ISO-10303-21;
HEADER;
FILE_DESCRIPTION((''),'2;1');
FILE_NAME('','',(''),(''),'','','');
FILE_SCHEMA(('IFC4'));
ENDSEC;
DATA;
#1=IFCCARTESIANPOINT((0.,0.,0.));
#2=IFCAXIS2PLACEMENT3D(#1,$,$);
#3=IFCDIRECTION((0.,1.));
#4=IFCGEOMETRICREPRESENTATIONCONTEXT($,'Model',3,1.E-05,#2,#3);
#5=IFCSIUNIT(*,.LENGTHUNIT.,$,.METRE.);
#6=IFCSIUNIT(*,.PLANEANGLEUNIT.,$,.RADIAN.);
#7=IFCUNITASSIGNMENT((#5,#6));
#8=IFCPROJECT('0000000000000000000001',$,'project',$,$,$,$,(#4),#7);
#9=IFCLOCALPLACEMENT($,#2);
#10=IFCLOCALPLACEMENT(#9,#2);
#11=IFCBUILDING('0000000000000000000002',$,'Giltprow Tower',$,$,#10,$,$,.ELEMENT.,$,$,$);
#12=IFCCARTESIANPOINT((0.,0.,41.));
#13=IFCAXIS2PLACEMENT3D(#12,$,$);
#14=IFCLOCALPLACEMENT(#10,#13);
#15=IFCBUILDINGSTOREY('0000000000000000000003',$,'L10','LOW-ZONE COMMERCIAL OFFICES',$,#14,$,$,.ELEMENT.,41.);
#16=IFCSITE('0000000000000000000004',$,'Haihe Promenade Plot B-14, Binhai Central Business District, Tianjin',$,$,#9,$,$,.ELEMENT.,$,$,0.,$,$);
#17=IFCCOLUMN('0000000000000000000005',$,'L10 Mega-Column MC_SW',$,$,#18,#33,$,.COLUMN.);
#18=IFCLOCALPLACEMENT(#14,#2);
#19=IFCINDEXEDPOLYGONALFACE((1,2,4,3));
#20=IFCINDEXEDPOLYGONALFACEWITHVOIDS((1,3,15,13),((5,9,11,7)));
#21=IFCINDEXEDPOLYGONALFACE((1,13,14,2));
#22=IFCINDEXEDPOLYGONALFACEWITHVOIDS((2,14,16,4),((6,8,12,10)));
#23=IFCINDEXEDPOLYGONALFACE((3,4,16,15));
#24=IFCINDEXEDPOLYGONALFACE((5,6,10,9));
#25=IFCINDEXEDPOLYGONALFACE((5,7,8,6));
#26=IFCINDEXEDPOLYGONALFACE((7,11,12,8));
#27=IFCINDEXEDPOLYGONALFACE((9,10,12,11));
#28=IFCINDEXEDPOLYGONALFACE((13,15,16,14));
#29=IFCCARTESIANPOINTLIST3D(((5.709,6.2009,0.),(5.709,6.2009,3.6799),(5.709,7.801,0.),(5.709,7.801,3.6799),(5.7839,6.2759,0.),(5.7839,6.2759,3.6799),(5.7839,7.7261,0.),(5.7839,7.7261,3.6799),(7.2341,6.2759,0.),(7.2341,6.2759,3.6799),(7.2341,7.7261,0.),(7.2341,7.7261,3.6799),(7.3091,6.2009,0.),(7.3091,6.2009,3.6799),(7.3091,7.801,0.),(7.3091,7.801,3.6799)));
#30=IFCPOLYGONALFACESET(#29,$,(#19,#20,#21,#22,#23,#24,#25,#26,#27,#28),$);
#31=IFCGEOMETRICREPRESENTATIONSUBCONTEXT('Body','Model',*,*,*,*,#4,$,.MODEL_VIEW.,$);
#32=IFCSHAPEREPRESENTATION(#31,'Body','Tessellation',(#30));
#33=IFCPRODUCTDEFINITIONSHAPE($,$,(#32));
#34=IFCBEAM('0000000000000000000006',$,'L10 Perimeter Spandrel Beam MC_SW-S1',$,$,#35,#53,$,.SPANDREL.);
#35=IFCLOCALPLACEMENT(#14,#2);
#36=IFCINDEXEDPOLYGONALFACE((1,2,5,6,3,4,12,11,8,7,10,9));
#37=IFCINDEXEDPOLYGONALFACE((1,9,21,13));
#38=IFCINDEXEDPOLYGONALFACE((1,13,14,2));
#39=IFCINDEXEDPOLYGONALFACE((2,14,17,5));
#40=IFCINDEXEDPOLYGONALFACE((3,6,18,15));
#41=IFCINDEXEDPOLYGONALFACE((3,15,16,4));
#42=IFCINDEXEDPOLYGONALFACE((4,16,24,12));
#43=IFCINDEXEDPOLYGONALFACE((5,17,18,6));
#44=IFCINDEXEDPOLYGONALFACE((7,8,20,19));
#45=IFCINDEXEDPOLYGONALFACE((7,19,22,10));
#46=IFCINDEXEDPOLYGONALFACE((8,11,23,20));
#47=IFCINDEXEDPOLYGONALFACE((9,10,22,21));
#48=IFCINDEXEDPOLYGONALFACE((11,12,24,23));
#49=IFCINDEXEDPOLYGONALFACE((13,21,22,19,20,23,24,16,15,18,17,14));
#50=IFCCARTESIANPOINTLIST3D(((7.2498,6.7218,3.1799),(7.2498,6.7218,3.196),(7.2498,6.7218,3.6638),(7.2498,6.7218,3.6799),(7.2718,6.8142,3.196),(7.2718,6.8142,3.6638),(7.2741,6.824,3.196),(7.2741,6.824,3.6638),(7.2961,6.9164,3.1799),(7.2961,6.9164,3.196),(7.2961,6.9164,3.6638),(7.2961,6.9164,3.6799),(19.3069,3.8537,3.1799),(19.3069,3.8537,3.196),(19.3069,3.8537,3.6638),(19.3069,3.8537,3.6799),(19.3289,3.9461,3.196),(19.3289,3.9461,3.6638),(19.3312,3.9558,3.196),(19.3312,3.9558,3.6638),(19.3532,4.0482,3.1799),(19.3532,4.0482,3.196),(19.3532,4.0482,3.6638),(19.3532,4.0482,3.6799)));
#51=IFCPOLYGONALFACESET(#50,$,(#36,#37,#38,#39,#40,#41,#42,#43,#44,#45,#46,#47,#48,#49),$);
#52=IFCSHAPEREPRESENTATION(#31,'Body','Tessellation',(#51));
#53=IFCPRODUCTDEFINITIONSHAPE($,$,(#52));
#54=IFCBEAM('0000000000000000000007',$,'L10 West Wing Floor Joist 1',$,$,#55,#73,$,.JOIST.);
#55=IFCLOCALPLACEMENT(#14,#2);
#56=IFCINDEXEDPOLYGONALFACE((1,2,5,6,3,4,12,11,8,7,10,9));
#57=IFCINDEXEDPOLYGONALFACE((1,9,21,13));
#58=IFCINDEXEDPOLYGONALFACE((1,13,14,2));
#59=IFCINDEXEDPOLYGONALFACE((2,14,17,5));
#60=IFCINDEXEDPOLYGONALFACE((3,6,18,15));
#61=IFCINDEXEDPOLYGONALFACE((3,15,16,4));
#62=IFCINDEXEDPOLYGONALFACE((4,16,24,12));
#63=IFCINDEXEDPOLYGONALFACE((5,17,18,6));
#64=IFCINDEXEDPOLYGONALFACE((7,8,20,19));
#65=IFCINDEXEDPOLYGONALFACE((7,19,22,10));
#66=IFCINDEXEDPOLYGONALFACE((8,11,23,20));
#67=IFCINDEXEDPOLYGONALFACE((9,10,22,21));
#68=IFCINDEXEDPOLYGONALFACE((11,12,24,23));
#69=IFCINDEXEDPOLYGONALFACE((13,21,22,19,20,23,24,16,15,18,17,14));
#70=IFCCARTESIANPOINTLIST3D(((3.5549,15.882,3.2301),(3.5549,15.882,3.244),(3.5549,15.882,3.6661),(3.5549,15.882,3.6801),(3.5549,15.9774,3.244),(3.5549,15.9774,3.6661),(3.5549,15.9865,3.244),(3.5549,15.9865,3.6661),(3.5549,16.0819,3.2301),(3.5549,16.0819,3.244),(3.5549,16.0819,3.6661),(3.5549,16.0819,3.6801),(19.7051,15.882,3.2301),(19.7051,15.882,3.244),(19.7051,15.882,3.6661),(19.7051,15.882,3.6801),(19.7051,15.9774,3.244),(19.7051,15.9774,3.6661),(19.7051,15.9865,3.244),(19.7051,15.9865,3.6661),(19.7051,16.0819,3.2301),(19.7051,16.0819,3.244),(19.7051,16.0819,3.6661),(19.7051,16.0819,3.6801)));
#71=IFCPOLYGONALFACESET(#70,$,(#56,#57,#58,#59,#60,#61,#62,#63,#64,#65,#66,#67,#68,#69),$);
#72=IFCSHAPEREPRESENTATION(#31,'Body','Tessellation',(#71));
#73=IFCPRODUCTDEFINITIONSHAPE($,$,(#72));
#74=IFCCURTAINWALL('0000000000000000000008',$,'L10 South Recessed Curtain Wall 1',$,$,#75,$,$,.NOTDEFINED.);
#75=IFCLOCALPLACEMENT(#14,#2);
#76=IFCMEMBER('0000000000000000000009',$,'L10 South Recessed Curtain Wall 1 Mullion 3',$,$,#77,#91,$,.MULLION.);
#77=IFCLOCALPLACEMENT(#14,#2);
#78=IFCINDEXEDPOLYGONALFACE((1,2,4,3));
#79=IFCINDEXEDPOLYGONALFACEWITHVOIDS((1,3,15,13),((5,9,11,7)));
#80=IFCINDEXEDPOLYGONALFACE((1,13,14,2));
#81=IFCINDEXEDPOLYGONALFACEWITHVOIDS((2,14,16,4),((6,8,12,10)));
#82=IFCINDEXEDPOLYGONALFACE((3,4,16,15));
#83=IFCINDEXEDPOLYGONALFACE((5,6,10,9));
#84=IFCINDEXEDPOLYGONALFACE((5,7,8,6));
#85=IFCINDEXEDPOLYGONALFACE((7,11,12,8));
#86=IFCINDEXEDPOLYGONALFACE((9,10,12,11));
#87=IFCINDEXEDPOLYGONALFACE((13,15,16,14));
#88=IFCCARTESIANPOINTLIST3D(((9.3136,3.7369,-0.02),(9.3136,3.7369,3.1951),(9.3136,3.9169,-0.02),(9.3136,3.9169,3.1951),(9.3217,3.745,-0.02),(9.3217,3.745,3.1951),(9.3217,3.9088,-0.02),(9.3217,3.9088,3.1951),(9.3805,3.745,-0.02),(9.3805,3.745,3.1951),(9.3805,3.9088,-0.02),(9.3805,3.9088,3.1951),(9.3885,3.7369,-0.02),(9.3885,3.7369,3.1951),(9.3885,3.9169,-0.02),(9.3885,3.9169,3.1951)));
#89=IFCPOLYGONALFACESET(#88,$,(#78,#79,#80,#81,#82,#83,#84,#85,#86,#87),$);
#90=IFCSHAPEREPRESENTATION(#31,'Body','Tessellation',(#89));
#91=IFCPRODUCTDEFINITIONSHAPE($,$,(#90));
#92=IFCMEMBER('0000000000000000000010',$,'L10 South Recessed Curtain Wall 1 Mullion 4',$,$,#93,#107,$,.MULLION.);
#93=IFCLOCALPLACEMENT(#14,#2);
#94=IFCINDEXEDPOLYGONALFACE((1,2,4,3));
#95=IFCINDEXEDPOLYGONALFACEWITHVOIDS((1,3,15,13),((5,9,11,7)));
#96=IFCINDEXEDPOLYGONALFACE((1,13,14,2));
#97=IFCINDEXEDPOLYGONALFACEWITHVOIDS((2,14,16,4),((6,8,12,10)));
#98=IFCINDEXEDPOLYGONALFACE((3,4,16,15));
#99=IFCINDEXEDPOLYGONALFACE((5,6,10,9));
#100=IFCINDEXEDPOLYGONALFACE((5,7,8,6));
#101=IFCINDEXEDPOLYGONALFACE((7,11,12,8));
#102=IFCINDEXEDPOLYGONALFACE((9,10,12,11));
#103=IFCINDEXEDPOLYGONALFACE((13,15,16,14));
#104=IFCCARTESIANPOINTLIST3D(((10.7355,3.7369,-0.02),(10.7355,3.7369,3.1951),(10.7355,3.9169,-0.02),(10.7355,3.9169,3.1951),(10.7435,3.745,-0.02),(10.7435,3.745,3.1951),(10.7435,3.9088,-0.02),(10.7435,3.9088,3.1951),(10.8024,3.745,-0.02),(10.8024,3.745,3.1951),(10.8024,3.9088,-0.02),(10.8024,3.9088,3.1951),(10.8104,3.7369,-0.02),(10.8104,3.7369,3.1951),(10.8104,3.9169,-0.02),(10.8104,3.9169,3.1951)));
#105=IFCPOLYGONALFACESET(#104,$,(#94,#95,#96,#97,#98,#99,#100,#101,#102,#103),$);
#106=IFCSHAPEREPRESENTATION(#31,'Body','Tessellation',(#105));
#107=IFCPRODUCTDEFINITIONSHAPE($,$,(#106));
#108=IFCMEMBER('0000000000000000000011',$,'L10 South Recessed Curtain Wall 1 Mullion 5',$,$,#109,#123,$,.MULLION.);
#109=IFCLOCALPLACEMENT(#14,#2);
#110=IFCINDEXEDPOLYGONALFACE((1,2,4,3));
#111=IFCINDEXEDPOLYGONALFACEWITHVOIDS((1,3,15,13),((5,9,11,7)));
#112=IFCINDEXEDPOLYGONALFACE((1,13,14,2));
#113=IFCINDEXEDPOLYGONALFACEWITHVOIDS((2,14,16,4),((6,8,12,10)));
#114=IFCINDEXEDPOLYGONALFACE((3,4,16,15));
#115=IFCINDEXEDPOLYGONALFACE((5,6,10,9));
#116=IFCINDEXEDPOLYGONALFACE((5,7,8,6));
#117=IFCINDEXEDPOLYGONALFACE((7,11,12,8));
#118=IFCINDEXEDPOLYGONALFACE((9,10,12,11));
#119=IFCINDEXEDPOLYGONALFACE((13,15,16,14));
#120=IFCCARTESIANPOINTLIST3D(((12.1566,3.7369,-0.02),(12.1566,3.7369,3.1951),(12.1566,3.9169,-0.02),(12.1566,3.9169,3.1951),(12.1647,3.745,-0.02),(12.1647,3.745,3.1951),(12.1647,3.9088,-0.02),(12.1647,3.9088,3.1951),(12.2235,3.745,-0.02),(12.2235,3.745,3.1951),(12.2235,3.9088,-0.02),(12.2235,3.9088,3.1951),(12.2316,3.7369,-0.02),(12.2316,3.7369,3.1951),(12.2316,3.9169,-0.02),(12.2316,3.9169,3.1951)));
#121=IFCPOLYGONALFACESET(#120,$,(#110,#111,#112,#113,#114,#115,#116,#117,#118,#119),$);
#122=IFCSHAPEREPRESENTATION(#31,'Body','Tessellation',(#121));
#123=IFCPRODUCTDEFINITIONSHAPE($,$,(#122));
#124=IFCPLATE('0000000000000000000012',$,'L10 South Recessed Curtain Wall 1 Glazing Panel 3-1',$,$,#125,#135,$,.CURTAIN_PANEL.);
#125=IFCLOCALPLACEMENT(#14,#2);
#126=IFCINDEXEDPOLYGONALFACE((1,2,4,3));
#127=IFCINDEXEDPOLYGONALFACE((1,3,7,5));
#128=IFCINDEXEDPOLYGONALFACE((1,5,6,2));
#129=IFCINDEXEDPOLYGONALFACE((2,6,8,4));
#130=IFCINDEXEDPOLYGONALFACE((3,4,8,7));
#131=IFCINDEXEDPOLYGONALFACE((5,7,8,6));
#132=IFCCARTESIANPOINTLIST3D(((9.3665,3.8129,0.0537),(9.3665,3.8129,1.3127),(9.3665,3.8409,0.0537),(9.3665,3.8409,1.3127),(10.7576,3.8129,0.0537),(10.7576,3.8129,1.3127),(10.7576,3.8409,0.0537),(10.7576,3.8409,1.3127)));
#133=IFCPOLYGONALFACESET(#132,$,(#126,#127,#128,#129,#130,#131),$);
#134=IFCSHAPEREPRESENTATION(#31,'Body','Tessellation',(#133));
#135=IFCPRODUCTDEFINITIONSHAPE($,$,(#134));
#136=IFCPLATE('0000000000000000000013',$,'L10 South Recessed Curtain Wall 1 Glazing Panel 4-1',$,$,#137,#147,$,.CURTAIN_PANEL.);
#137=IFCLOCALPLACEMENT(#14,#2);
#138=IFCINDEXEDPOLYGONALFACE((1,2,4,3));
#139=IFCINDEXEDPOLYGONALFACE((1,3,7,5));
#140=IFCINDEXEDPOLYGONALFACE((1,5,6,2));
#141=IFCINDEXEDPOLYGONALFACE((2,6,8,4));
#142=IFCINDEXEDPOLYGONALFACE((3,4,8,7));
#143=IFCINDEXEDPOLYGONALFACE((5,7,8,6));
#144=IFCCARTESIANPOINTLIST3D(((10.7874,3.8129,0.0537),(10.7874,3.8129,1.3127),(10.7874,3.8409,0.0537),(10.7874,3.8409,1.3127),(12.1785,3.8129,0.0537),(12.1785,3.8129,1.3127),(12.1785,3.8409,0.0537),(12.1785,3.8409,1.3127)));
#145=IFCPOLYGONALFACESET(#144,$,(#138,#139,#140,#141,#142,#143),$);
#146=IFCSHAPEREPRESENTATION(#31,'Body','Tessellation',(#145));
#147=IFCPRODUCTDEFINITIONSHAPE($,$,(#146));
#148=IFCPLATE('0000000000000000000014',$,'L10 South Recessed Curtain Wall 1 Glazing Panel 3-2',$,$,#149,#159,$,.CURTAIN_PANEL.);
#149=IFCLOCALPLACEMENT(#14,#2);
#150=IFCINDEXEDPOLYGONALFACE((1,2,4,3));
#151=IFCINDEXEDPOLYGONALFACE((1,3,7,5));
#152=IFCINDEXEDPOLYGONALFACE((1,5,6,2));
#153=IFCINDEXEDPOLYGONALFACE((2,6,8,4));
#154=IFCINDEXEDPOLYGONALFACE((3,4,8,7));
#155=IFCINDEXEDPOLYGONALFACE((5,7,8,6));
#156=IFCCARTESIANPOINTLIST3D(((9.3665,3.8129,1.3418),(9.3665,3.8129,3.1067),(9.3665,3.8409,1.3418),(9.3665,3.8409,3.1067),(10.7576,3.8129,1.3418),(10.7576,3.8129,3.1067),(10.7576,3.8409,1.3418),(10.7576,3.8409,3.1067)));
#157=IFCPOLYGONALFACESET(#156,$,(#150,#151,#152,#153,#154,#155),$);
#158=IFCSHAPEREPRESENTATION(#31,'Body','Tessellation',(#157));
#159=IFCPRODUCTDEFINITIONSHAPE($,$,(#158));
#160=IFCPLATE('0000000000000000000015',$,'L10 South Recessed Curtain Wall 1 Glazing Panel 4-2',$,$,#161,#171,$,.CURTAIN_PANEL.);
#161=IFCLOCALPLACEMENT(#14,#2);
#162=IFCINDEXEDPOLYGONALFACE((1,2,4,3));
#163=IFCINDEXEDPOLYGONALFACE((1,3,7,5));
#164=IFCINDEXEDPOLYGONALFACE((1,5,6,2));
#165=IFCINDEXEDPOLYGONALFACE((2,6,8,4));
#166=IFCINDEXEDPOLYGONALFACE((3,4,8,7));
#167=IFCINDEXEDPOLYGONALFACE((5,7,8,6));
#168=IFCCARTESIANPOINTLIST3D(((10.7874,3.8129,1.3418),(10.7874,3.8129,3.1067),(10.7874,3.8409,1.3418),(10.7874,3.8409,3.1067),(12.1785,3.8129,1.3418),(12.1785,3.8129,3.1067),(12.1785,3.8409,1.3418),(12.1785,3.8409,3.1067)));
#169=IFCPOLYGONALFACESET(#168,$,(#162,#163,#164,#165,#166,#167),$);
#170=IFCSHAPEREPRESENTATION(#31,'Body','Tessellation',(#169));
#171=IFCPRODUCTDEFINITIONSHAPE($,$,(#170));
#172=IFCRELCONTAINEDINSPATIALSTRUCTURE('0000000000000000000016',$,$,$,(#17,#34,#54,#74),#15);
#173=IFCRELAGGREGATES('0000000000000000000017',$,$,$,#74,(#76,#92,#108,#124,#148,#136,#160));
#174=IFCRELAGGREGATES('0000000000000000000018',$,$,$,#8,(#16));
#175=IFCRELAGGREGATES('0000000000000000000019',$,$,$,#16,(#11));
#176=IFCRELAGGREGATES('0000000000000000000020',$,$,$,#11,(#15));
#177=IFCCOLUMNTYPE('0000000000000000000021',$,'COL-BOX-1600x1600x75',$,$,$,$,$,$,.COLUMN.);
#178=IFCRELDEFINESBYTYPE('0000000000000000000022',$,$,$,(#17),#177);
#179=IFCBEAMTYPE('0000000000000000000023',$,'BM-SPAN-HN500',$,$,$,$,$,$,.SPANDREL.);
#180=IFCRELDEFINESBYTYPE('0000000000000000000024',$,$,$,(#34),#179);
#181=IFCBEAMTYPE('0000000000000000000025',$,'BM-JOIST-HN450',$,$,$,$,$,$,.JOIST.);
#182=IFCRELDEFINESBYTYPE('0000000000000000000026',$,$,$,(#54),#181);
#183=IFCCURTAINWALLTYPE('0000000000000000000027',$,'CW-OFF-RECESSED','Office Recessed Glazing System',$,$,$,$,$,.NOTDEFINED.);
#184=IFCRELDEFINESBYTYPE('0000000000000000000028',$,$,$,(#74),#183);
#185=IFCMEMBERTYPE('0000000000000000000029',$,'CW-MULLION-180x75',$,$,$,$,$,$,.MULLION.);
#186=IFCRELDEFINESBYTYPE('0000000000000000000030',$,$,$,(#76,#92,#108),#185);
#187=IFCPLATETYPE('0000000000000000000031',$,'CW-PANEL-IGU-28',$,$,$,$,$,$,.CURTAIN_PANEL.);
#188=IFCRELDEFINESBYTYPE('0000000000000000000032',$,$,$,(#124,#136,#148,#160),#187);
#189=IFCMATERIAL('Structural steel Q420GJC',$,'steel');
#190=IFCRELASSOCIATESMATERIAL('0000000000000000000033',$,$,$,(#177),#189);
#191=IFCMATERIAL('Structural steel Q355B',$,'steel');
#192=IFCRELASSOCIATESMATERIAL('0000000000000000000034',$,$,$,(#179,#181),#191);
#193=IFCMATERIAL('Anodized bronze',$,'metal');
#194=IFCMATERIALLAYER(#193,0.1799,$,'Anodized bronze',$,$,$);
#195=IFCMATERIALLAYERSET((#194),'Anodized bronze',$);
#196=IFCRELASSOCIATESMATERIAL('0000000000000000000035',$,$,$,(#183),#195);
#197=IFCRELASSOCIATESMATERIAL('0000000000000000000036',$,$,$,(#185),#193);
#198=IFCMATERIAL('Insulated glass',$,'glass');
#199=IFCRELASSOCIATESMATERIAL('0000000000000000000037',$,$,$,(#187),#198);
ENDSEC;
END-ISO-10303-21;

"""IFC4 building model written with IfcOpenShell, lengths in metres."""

from ifc_helpers import new_model, si_unit, direction, frame, origin, origin_2d, place, context, subcontext, project, spatial, rectangle, hollow_rectangle, i_section, extrude, source, transform, mapped, material, layer, layer_set, material_profile, profile_set, type_object, element, aggregate, save


model = new_model("IFC4")

# Units and contexts
model_context = context("Model", 3, precision=1e-05, world=origin(), true_north=direction((0.0, 1.0)))
body_context = subcontext(model_context, "Body", "Model", "MODEL_VIEW")
ifc_project = project(units=[si_unit("LENGTHUNIT", "METRE"), si_unit("PLANEANGLEUNIT", "RADIAN")], contexts=[model_context])

# Site, building, storey
site_placement = place(None, origin())
site = spatial("IfcSite", under=ifc_project, at=site_placement, Name="Haihe Promenade Plot B-14, Binhai Central Business District, Tianjin", CompositionType="ELEMENT", RefElevation=0.0)
building_placement = place(site_placement, origin())
building = spatial("IfcBuilding", under=site, at=building_placement, Name="Giltprow Tower", CompositionType="ELEMENT")
storey_placement = place(building_placement, frame((0.0, 0.0, 41.0)))
storey = spatial("IfcBuildingStorey", under=building, at=storey_placement, Name="L10", Description="LOW-ZONE COMMERCIAL OFFICES", CompositionType="ELEMENT", Elevation=41.0)

# Column
ifc_material_1 = material(Name="Structural steel Q420GJC", Category="steel")
ifc_material_profile_1 = material_profile(ifc_material_1, hollow_rectangle(XDim=1.6001, YDim=1.6001, WallThickness=0.075, at=origin_2d()), Name="BOX 1600x1600x75")
ifc_profile_set_1 = profile_set([ifc_material_profile_1], Name="Structural steel Q420GJC")
column_type = type_object("IfcColumnType", Name="COL-BOX-1600x1600x75", PredefinedType="COLUMN", material=ifc_profile_set_1)
shared_shape_1 = source(origin(), body_context, "Body", "SweptSolid", [
    extrude(hollow_rectangle(XDim=1.6001, YDim=1.6001, WallThickness=0.075, at=origin_2d()), origin(), (0.0, 0.0, 1.0), 3.6799),
])
column_placement = place(storey_placement, frame((6.509, 7.001, 0.0), z_axis=(0.0, 0.0, 1.0), x_axis=(1.0, 0.0, 0.0)))
element("IfcColumn", 1, at=column_placement, inside=storey, type_object=column_type, Name="L10 Mega-Column MC_SW", PredefinedType="COLUMN", context=body_context, shape_type="MappedRepresentation", body=[
    mapped(shared_shape_1, transform((0.0, 0.0, 0.0), x_axis=(1.0, 0.0, 0.0), y_axis=(0.0, 1.0, 0.0), z_axis=(0.0, 0.0, 1.0), scale=1.0)),
])

# Beams
ifc_material_2 = material(Name="Structural steel Q355B", Category="steel")
ifc_material_profile_2 = material_profile(ifc_material_2, i_section(OverallWidth=0.2, OverallDepth=0.5, WebThickness=0.01, FlangeThickness=0.0161, at=origin_2d()), Name="HN 500x200x10x16")
ifc_profile_set_2 = profile_set([ifc_material_profile_2], Name="Structural steel Q355B")
beam_type_1 = type_object("IfcBeamType", Name="BM-SPAN-HN500", PredefinedType="SPANDREL", material=ifc_profile_set_2)
shared_shape_2 = source(origin(), body_context, "Body", "SweptSolid", [
    extrude(i_section(OverallWidth=0.2, OverallDepth=0.5, WebThickness=0.01, FlangeThickness=0.0161, at=origin_2d()), origin(), (0.0, 0.0, 1.0), 12.3936),
])
beam_1_placement = place(storey_placement, frame((7.2729, 6.8191, 3.4299), z_axis=(0.972853, -0.231423, 0.0), x_axis=(0.231423, 0.972853, 0.0)))
element("IfcBeam", 2, at=beam_1_placement, inside=storey, type_object=beam_type_1, Name="L10 Perimeter Spandrel Beam MC_SW-S1", PredefinedType="SPANDREL", context=body_context, shape_type="MappedRepresentation", body=[
    mapped(shared_shape_2, transform((0.0, 0.0, 0.0), x_axis=(1.0, 0.0, 0.0), y_axis=(0.0, 1.0, 0.0), z_axis=(0.0, 0.0, 1.0), scale=1.0)),
])
ifc_material_profile_3 = material_profile(ifc_material_2, i_section(OverallWidth=0.2, OverallDepth=0.45, WebThickness=0.009, FlangeThickness=0.0139, at=origin_2d()), Name="HN 450x200x9x14")
ifc_profile_set_3 = profile_set([ifc_material_profile_3], Name="Structural steel Q355B")
beam_type_2 = type_object("IfcBeamType", Name="BM-JOIST-HN450", PredefinedType="JOIST", material=ifc_profile_set_3)
shared_shape_3 = source(origin(), body_context, "Body", "SweptSolid", [
    extrude(i_section(OverallWidth=0.2, OverallDepth=0.45, WebThickness=0.009, FlangeThickness=0.0139, at=origin_2d()), origin(), (0.0, 0.0, 1.0), 16.1501),
])
beam_2_placement = place(storey_placement, frame((3.5549, 15.9819, 3.4551), z_axis=(1.0, 0.0, 0.0), x_axis=(0.0, 1.0, 0.0)))
element("IfcBeam", 3, at=beam_2_placement, inside=storey, type_object=beam_type_2, Name="L10 West Wing Floor Joist 1", PredefinedType="JOIST", context=body_context, shape_type="MappedRepresentation", body=[
    mapped(shared_shape_3, transform((0.0, 0.0, 0.0), x_axis=(1.0, 0.0, 0.0), y_axis=(0.0, 1.0, 0.0), z_axis=(0.0, 0.0, 1.0), scale=1.0)),
])

# Curtain wall, members, plates
ifc_material_3 = material(Name="Anodized bronze", Category="metal")
ifc_layer_1 = layer(ifc_material_3, 0.1799, Name="Anodized bronze")
ifc_layer_set_1 = layer_set([ifc_layer_1], Name="Anodized bronze")
curtain_wall_type = type_object("IfcCurtainWallType", Name="CW-OFF-RECESSED", Description="Office Recessed Glazing System", PredefinedType="NOTDEFINED", material=ifc_layer_set_1)
curtain_wall_placement = place(storey_placement, origin())
curtain_wall = element("IfcCurtainWall", 4, at=curtain_wall_placement, inside=storey, type_object=curtain_wall_type, Name="L10 South Recessed Curtain Wall 1", PredefinedType="NOTDEFINED")
ifc_material_profile_4 = material_profile(ifc_material_3, hollow_rectangle(XDim=0.075, YDim=0.1799, WallThickness=0.0081, at=origin_2d()), Name="RHS 180x75x8")
ifc_profile_set_4 = profile_set([ifc_material_profile_4], Name="Anodized bronze")
member_type = type_object("IfcMemberType", Name="CW-MULLION-180x75", PredefinedType="MULLION", material=ifc_profile_set_4)
shared_shape_4 = source(origin(), body_context, "Body", "SweptSolid", [
    extrude(hollow_rectangle(XDim=0.075, YDim=0.1799, WallThickness=0.0081, at=origin_2d()), origin(), (0.0, 0.0, 1.0), 3.2151),
])
member_1_placement = place(storey_placement, frame((9.3511, 3.8269, -0.02), z_axis=(0.0, 0.0, 1.0), x_axis=(1.0, 0.0, 0.0)))
member_1 = element("IfcMember", 5, at=member_1_placement, type_object=member_type, Name="L10 South Recessed Curtain Wall 1 Mullion 3", PredefinedType="MULLION", context=body_context, shape_type="MappedRepresentation", body=[
    mapped(shared_shape_4, transform((0.0, 0.0, 0.0), x_axis=(1.0, 0.0, 0.0), y_axis=(0.0, 1.0, 0.0), z_axis=(0.0, 0.0, 1.0), scale=1.0)),
])
member_2_placement = place(storey_placement, frame((10.7729, 3.8269, -0.02), z_axis=(0.0, 0.0, 1.0), x_axis=(1.0, 0.0, 0.0)))
member_2 = element("IfcMember", 6, at=member_2_placement, type_object=member_type, Name="L10 South Recessed Curtain Wall 1 Mullion 4", PredefinedType="MULLION", context=body_context, shape_type="MappedRepresentation", body=[
    mapped(shared_shape_4, transform((0.0, 0.0, 0.0), x_axis=(1.0, 0.0, 0.0), y_axis=(0.0, 1.0, 0.0), z_axis=(0.0, 0.0, 1.0), scale=1.0)),
])
member_3_placement = place(storey_placement, frame((12.1941, 3.8269, -0.02), z_axis=(0.0, 0.0, 1.0), x_axis=(1.0, 0.0, 0.0)))
member_3 = element("IfcMember", 7, at=member_3_placement, type_object=member_type, Name="L10 South Recessed Curtain Wall 1 Mullion 5", PredefinedType="MULLION", context=body_context, shape_type="MappedRepresentation", body=[
    mapped(shared_shape_4, transform((0.0, 0.0, 0.0), x_axis=(1.0, 0.0, 0.0), y_axis=(0.0, 1.0, 0.0), z_axis=(0.0, 0.0, 1.0), scale=1.0)),
])
ifc_material_4 = material(Name="Insulated glass", Category="glass")
plate_type = type_object("IfcPlateType", Name="CW-PANEL-IGU-28", PredefinedType="CURTAIN_PANEL", material=ifc_material_4)
shared_shape_5 = source(origin(), body_context, "Body", "SweptSolid", [
    extrude(rectangle(XDim=1.3911, YDim=0.0281, at=origin_2d()), origin(), (0.0, 0.0, 1.0), 1.259),
])
plate_1_placement = place(storey_placement, frame((10.062, 3.8269, 0.0537), z_axis=(0.0, 0.0, 1.0), x_axis=(1.0, 0.0, 0.0)))
plate_1 = element("IfcPlate", 8, at=plate_1_placement, type_object=plate_type, Name="L10 South Recessed Curtain Wall 1 Glazing Panel 3-1", PredefinedType="CURTAIN_PANEL", context=body_context, shape_type="MappedRepresentation", body=[
    mapped(shared_shape_5, transform((0.0, 0.0, 0.0), x_axis=(1.0, 0.0, 0.0), y_axis=(0.0, 1.0, 0.0), z_axis=(0.0, 0.0, 1.0), scale=1.0)),
])
plate_2_placement = place(storey_placement, frame((11.4829, 3.8269, 0.0537), z_axis=(0.0, 0.0, 1.0), x_axis=(1.0, 0.0, 0.0)))
plate_2 = element("IfcPlate", 9, at=plate_2_placement, type_object=plate_type, Name="L10 South Recessed Curtain Wall 1 Glazing Panel 4-1", PredefinedType="CURTAIN_PANEL", context=body_context, shape_type="MappedRepresentation", body=[
    mapped(shared_shape_5, transform((0.0, 0.0, 0.0), x_axis=(1.0, 0.0, 0.0), y_axis=(0.0, 1.0, 0.0), z_axis=(0.0, 0.0, 1.0), scale=1.0)),
])
shared_shape_6 = source(origin(), body_context, "Body", "SweptSolid", [
    extrude(rectangle(XDim=1.3911, YDim=0.0281, at=origin_2d()), origin(), (0.0, 0.0, 1.0), 1.7649),
])
plate_3_placement = place(storey_placement, frame((10.062, 3.8269, 1.3418), z_axis=(0.0, 0.0, 1.0), x_axis=(1.0, 0.0, 0.0)))
plate_3 = element("IfcPlate", 10, at=plate_3_placement, type_object=plate_type, Name="L10 South Recessed Curtain Wall 1 Glazing Panel 3-2", PredefinedType="CURTAIN_PANEL", context=body_context, shape_type="MappedRepresentation", body=[
    mapped(shared_shape_6, transform((0.0, 0.0, 0.0), x_axis=(1.0, 0.0, 0.0), y_axis=(0.0, 1.0, 0.0), z_axis=(0.0, 0.0, 1.0), scale=1.0)),
])
plate_4_placement = place(storey_placement, frame((11.4829, 3.8269, 1.3418), z_axis=(0.0, 0.0, 1.0), x_axis=(1.0, 0.0, 0.0)))
plate_4 = element("IfcPlate", 11, at=plate_4_placement, type_object=plate_type, Name="L10 South Recessed Curtain Wall 1 Glazing Panel 4-2", PredefinedType="CURTAIN_PANEL", context=body_context, shape_type="MappedRepresentation", body=[
    mapped(shared_shape_6, transform((0.0, 0.0, 0.0), x_axis=(1.0, 0.0, 0.0), y_axis=(0.0, 1.0, 0.0), z_axis=(0.0, 0.0, 1.0), scale=1.0)),
])
aggregate(curtain_wall, [member_1, member_2, member_3, plate_1, plate_3, plate_2, plate_4])

save(model, "model.ifc")
